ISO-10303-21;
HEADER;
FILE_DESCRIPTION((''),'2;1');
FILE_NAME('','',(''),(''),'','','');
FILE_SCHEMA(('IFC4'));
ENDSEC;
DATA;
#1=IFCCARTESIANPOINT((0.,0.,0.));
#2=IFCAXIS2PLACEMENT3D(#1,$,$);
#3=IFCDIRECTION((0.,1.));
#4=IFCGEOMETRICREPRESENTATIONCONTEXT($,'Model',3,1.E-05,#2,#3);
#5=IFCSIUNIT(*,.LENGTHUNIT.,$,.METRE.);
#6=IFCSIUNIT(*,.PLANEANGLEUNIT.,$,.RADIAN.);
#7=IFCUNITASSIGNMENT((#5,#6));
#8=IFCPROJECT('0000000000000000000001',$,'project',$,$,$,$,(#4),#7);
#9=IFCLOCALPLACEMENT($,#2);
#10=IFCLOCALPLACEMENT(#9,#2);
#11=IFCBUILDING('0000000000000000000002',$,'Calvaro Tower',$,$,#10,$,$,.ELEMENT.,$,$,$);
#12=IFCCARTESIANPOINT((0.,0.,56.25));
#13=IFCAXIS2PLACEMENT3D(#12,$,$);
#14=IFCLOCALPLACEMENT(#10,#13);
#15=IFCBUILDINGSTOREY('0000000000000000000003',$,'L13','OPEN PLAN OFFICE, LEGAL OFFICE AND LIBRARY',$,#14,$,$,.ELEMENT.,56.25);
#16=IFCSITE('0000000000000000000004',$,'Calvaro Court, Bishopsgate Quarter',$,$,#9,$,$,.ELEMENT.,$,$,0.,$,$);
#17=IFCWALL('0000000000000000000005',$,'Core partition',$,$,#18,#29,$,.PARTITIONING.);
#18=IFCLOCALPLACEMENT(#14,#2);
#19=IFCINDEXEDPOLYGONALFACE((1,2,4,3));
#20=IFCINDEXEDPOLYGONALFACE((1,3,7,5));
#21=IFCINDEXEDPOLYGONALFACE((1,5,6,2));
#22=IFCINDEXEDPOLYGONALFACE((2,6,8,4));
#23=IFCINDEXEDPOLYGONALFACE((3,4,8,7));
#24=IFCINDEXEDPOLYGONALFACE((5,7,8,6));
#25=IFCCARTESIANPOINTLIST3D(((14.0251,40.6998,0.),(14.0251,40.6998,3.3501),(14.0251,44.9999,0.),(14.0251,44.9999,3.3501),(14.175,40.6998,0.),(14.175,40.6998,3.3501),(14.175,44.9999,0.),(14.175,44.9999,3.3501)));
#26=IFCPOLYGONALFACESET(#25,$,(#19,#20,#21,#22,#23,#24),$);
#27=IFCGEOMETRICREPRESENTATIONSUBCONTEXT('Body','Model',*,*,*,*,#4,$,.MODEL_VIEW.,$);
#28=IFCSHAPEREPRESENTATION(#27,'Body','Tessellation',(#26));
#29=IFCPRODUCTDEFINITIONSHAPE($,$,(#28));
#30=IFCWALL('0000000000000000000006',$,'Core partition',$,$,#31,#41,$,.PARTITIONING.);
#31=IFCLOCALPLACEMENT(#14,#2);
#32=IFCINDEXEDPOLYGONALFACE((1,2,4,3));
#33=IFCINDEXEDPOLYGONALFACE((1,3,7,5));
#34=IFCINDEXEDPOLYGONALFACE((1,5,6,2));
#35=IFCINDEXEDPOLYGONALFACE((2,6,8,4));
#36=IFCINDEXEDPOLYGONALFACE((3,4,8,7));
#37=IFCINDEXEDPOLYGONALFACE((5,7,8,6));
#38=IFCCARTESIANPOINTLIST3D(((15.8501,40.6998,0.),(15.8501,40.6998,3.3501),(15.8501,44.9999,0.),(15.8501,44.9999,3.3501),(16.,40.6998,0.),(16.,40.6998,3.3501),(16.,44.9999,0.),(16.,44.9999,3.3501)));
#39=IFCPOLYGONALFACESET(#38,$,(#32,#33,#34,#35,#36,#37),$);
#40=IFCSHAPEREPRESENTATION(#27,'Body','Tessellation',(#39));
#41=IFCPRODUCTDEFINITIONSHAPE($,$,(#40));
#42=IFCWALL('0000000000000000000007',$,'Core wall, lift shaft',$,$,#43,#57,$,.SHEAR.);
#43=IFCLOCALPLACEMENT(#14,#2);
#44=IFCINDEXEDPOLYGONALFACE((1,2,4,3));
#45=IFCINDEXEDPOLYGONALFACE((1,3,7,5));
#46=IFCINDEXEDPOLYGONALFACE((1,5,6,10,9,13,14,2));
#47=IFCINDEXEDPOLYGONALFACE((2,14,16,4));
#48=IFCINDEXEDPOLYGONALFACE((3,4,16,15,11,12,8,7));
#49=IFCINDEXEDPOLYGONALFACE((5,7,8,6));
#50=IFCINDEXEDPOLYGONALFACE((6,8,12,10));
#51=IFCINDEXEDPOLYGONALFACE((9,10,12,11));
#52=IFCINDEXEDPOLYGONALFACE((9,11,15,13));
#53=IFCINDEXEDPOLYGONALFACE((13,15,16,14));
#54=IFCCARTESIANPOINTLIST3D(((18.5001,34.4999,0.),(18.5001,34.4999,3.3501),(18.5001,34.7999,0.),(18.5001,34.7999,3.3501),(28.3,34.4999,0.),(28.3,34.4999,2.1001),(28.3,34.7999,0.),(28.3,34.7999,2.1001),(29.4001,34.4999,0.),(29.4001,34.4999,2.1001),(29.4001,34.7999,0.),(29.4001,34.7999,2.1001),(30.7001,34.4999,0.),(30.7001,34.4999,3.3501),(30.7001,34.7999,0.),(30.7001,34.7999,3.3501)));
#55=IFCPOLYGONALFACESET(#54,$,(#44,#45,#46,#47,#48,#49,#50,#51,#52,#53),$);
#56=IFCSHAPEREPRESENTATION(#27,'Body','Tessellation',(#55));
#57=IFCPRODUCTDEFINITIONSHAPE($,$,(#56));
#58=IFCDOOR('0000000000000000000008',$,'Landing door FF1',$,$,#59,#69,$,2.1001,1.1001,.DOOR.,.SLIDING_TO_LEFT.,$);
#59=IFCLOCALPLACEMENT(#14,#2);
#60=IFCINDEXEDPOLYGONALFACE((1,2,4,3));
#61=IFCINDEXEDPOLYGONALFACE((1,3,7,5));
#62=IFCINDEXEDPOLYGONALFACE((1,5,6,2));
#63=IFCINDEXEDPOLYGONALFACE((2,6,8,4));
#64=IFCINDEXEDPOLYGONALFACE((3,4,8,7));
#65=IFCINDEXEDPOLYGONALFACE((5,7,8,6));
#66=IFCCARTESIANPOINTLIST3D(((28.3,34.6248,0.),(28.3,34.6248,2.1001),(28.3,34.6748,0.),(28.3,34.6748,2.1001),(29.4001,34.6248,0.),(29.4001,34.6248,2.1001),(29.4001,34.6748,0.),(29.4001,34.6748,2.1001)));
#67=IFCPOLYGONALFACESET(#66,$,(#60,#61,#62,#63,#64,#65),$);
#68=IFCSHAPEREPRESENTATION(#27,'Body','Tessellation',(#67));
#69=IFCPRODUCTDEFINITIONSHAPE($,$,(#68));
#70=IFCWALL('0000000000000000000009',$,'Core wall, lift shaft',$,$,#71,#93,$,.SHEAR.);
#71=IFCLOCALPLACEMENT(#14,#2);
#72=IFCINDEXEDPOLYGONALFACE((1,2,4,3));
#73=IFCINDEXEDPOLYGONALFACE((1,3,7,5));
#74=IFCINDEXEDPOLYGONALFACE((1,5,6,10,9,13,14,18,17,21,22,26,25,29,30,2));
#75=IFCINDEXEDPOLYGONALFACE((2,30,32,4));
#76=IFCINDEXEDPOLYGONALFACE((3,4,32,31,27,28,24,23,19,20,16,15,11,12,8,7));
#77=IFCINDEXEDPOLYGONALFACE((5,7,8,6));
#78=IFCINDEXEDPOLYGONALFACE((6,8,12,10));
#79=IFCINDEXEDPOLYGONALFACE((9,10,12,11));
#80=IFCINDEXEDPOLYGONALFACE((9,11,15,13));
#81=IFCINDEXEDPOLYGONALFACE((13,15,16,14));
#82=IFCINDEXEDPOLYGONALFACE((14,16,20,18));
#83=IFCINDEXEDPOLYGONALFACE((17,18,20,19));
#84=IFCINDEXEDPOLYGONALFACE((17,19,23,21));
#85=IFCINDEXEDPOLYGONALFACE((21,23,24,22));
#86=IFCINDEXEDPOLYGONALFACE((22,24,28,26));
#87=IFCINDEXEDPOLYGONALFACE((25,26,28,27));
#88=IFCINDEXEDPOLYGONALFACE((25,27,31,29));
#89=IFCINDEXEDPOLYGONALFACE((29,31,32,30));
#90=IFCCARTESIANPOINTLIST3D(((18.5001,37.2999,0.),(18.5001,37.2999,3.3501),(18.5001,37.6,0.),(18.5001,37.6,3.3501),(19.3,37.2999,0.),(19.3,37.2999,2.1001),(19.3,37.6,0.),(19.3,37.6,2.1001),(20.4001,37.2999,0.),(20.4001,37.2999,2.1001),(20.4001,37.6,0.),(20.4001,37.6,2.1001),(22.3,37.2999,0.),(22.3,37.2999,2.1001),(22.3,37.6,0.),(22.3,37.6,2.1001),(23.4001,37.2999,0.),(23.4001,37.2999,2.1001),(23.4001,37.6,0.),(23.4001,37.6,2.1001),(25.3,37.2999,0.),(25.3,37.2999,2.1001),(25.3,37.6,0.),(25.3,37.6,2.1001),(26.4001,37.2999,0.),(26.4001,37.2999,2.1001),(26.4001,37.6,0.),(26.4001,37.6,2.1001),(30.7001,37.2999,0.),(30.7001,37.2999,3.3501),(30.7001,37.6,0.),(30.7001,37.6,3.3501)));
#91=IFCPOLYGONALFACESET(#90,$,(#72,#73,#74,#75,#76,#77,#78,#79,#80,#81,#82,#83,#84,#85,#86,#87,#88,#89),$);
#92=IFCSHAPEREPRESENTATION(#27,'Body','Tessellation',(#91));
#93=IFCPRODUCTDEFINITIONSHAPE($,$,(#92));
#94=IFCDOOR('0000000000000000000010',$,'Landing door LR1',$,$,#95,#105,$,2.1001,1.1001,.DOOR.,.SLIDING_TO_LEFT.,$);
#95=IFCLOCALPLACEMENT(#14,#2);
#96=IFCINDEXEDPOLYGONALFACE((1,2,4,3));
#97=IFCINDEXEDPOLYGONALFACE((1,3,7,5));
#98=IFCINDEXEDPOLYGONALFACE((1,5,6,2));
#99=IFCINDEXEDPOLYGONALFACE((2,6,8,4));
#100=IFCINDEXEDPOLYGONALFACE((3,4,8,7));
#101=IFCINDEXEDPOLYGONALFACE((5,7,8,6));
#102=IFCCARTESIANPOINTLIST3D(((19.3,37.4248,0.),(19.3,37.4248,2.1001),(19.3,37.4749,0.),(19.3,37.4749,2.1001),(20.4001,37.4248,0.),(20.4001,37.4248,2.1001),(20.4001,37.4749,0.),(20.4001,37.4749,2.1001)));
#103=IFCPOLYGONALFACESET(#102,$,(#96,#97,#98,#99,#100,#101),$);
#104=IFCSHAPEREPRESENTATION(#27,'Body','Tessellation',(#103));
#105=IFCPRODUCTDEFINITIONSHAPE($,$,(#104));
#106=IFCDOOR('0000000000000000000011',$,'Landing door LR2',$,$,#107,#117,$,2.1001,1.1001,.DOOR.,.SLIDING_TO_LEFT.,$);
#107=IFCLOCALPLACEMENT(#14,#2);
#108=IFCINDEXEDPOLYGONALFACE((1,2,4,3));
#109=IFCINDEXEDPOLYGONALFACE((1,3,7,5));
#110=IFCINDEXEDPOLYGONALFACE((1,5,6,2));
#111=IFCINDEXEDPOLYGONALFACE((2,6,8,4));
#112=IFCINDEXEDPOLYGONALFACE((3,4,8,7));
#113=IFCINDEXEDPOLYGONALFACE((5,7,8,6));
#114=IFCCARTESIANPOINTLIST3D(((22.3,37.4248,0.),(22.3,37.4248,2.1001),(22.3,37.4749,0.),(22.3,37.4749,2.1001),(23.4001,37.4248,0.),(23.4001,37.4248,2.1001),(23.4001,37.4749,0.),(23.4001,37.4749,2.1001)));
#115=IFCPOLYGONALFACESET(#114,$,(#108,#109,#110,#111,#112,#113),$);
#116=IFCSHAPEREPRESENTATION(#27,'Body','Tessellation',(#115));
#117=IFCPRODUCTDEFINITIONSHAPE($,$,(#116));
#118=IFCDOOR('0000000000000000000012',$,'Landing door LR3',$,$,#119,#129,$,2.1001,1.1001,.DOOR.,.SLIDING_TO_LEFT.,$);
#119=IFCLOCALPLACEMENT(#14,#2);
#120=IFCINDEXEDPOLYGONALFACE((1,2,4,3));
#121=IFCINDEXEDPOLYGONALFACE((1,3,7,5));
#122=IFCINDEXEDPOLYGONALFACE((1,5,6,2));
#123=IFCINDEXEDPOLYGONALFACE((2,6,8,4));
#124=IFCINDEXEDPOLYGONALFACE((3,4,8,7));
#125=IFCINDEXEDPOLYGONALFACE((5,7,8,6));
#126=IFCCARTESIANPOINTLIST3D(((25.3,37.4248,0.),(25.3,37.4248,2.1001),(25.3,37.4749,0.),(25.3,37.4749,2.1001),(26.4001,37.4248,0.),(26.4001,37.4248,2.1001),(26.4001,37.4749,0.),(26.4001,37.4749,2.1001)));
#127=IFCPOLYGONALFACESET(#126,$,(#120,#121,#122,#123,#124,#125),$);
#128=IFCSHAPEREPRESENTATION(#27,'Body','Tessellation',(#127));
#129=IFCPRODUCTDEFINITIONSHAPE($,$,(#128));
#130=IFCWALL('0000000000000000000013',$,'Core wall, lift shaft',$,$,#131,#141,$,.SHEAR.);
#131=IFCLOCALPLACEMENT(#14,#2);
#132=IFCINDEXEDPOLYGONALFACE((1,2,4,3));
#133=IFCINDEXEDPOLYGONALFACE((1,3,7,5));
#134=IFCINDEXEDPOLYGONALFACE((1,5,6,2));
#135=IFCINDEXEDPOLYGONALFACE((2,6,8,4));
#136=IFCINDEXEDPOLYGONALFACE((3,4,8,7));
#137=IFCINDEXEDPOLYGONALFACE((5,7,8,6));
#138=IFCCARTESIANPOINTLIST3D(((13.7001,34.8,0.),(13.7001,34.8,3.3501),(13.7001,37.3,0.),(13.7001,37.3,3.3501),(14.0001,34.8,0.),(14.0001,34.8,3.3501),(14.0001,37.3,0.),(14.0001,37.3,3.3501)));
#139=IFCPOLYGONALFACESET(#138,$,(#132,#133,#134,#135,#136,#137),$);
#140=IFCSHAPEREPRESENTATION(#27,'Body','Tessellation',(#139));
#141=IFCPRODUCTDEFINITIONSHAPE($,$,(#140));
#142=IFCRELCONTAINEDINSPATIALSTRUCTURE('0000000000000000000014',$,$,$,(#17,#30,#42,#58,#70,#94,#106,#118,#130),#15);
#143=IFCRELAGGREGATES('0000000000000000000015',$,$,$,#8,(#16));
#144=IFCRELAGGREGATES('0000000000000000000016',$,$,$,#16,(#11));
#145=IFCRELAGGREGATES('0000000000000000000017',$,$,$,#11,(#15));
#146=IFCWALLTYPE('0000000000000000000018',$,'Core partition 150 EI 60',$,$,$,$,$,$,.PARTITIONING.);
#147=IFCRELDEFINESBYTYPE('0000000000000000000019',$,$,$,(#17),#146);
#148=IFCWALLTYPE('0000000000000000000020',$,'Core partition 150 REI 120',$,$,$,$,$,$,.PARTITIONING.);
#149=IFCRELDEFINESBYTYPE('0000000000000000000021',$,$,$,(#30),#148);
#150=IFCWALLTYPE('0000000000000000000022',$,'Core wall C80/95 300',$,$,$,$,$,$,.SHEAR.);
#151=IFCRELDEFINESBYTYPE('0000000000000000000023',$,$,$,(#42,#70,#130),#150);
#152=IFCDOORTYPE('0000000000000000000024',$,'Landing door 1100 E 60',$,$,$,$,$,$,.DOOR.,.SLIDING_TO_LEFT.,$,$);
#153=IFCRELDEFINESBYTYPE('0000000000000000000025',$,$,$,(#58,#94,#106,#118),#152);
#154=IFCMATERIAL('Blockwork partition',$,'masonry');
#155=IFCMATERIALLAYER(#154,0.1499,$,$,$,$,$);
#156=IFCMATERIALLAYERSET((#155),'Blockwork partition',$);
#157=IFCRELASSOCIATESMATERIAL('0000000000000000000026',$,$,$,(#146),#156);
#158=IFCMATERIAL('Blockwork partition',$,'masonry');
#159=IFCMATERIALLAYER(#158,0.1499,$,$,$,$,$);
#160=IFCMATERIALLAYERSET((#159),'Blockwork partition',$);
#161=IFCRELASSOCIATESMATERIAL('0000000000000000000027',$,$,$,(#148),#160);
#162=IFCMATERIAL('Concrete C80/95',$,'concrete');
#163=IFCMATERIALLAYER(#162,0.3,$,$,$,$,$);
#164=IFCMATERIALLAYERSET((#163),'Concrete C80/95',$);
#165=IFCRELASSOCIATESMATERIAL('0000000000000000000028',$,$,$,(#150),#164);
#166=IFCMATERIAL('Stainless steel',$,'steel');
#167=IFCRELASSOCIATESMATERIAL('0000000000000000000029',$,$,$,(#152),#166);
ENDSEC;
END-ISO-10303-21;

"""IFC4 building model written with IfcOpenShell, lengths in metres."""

from ifc_helpers import new_model, si_unit, direction, frame, frame_2d, origin, place, context, subcontext, project, spatial, rectangle, extrude, material, layer, layer_set, type_object, element, fill, save


model = new_model("IFC4")

# Units and contexts
model_context = context("Model", 3, precision=1e-05, world=origin(), true_north=direction((0.0, 1.0)))
body_context = subcontext(model_context, "Body", "Model", "MODEL_VIEW")
ifc_project = project(units=[si_unit("LENGTHUNIT", "METRE"), si_unit("PLANEANGLEUNIT", "RADIAN")], contexts=[model_context])

# Site, building, storey
site_placement = place(None, origin())
site = spatial("IfcSite", under=ifc_project, at=site_placement, Name="Calvaro Court, Bishopsgate Quarter", CompositionType="ELEMENT", RefElevation=0.0)
building_placement = place(site_placement, origin())
building = spatial("IfcBuilding", under=site, at=building_placement, Name="Calvaro Tower", CompositionType="ELEMENT")
storey_placement = place(building_placement, frame((0.0, 0.0, 56.25)))
storey = spatial("IfcBuildingStorey", under=building, at=storey_placement, Name="L13", Description="OPEN PLAN OFFICE, LEGAL OFFICE AND LIBRARY", CompositionType="ELEMENT", Elevation=56.25)

# Walls
ifc_material_1 = material(Name="Blockwork partition", Category="masonry")
ifc_layer_1 = layer(ifc_material_1, 0.1499)
ifc_layer_set_1 = layer_set([ifc_layer_1], Name="Blockwork partition")
wall_type_1 = type_object("IfcWallType", Name="Core partition 150 EI 60", PredefinedType="PARTITIONING", material=ifc_layer_set_1)
wall_1_placement = place(storey_placement, frame((14.1001, 40.7, 0.0), z_axis=(0.0, 0.0, 1.0), x_axis=(0.0, 1.0, 0.0)))
element("IfcWall", 1, at=wall_1_placement, inside=storey, type_object=wall_type_1, Name="Core partition", PredefinedType="PARTITIONING", context=body_context, shape_type="SweptSolid", body=[
    extrude(rectangle(XDim=4.3, YDim=0.1499, at=frame_2d((2.1499, 0.0))), origin(), (0.0, 0.0, 1.0), 3.3501),
])
ifc_material_2 = material(Name="Blockwork partition", Category="masonry")
ifc_layer_2 = layer(ifc_material_2, 0.1499)
ifc_layer_set_2 = layer_set([ifc_layer_2], Name="Blockwork partition")
wall_type_2 = type_object("IfcWallType", Name="Core partition 150 REI 120", PredefinedType="PARTITIONING", material=ifc_layer_set_2)
wall_2_placement = place(storey_placement, frame((15.925, 40.7, 0.0), z_axis=(0.0, 0.0, 1.0), x_axis=(0.0, 1.0, 0.0)))
element("IfcWall", 2, at=wall_2_placement, inside=storey, type_object=wall_type_2, Name="Core partition", PredefinedType="PARTITIONING", context=body_context, shape_type="SweptSolid", body=[
    extrude(rectangle(XDim=4.3, YDim=0.1499, at=frame_2d((2.1499, 0.0))), origin(), (0.0, 0.0, 1.0), 3.3501),
])

# Wall, opening, door
ifc_material_3 = material(Name="Concrete C80/95", Category="concrete")
ifc_layer_3 = layer(ifc_material_3, 0.3)
ifc_layer_set_3 = layer_set([ifc_layer_3], Name="Concrete C80/95")
wall_type_3 = type_object("IfcWallType", Name="Core wall C80/95 300", PredefinedType="SHEAR", material=ifc_layer_set_3)
wall_3_placement = place(storey_placement, frame((18.5, 34.6499, 0.0), z_axis=(0.0, 0.0, 1.0), x_axis=(1.0, 0.0, 0.0)))
wall_3 = element("IfcWall", 3, at=wall_3_placement, inside=storey, type_object=wall_type_3, Name="Core wall, lift shaft", PredefinedType="SHEAR", context=body_context, shape_type="SweptSolid", body=[
    extrude(rectangle(XDim=12.2, YDim=0.3, at=frame_2d((6.1001, 0.0))), origin(), (0.0, 0.0, 1.0), 3.3501),
])
opening_1_placement = place(wall_3_placement, frame((9.8, 0.0, 0.0)))
opening_1 = element("IfcOpeningElement", 4, at=opening_1_placement, cuts=wall_3, PredefinedType="OPENING", context=body_context, shape_type="SweptSolid", body=[
    extrude(rectangle(XDim=1.1001, YDim=2.1001, at=frame_2d((0.55, 1.05))), frame((0.0, 0.1599, 0.0), z_axis=(0.0, -1.0, 0.0), x_axis=(1.0, 0.0, 0.0)), (0.0, 0.0, 1.0), 0.3201),
])
ifc_material_4 = material(Name="Stainless steel", Category="steel")
door_type_1 = type_object("IfcDoorType", Name="Landing door 1100 E 60", OperationType="SLIDING_TO_LEFT", PredefinedType="DOOR", material=ifc_material_4)
door_1_placement = place(opening_1_placement, origin())
door_1 = element("IfcDoor", 5, at=door_1_placement, inside=storey, type_object=door_type_1, Name="Landing door FF1", OperationType="SLIDING_TO_LEFT", OverallHeight=2.1001, OverallWidth=1.1001, PredefinedType="DOOR", context=body_context, shape_type="SweptSolid", body=[
    extrude(rectangle(XDim=1.1001, YDim=2.1001, at=frame_2d((0.55, 1.05))), frame((0.0, 0.0249, 0.0), z_axis=(0.0, -1.0, 0.0), x_axis=(1.0, 0.0, 0.0)), (0.0, 0.0, 1.0), 0.05),
])
fill(opening_1, door_1)

# Wall, openings, doors
wall_4_placement = place(storey_placement, frame((18.5, 37.45, 0.0), z_axis=(0.0, 0.0, 1.0), x_axis=(1.0, 0.0, 0.0)))
wall_4 = element("IfcWall", 6, at=wall_4_placement, inside=storey, type_object=wall_type_3, Name="Core wall, lift shaft", PredefinedType="SHEAR", context=body_context, shape_type="SweptSolid", body=[
    extrude(rectangle(XDim=12.2, YDim=0.3, at=frame_2d((6.1001, 0.0))), origin(), (0.0, 0.0, 1.0), 3.3501),
])
opening_2_placement = place(wall_4_placement, frame((0.8, 0.0, 0.0)))
opening_2 = element("IfcOpeningElement", 7, at=opening_2_placement, cuts=wall_4, PredefinedType="OPENING", context=body_context, shape_type="SweptSolid", body=[
    extrude(rectangle(XDim=1.1001, YDim=2.1001, at=frame_2d((0.55, 1.05))), frame((0.0, 0.1599, 0.0), z_axis=(0.0, -1.0, 0.0), x_axis=(1.0, 0.0, 0.0)), (0.0, 0.0, 1.0), 0.3201),
])
opening_3_placement = place(wall_4_placement, frame((3.8, 0.0, 0.0)))
opening_3 = element("IfcOpeningElement", 8, at=opening_3_placement, cuts=wall_4, PredefinedType="OPENING", context=body_context, shape_type="SweptSolid", body=[
    extrude(rectangle(XDim=1.1001, YDim=2.1001, at=frame_2d((0.55, 1.05))), frame((0.0, 0.1599, 0.0), z_axis=(0.0, -1.0, 0.0), x_axis=(1.0, 0.0, 0.0)), (0.0, 0.0, 1.0), 0.3201),
])
opening_4_placement = place(wall_4_placement, frame((6.8, 0.0, 0.0)))
opening_4 = element("IfcOpeningElement", 9, at=opening_4_placement, cuts=wall_4, PredefinedType="OPENING", context=body_context, shape_type="SweptSolid", body=[
    extrude(rectangle(XDim=1.1001, YDim=2.1001, at=frame_2d((0.55, 1.05))), frame((0.0, 0.1599, 0.0), z_axis=(0.0, -1.0, 0.0), x_axis=(1.0, 0.0, 0.0)), (0.0, 0.0, 1.0), 0.3201),
])
door_2_placement = place(opening_2_placement, origin())
door_2 = element("IfcDoor", 10, at=door_2_placement, inside=storey, type_object=door_type_1, Name="Landing door LR1", OperationType="SLIDING_TO_LEFT", OverallHeight=2.1001, OverallWidth=1.1001, PredefinedType="DOOR", context=body_context, shape_type="SweptSolid", body=[
    extrude(rectangle(XDim=1.1001, YDim=2.1001, at=frame_2d((0.55, 1.05))), frame((0.0, 0.0249, 0.0), z_axis=(0.0, -1.0, 0.0), x_axis=(1.0, 0.0, 0.0)), (0.0, 0.0, 1.0), 0.05),
])
fill(opening_2, door_2)
door_3_placement = place(opening_3_placement, origin())
door_3 = element("IfcDoor", 11, at=door_3_placement, inside=storey, type_object=door_type_1, Name="Landing door LR2", OperationType="SLIDING_TO_LEFT", OverallHeight=2.1001, OverallWidth=1.1001, PredefinedType="DOOR", context=body_context, shape_type="SweptSolid", body=[
    extrude(rectangle(XDim=1.1001, YDim=2.1001, at=frame_2d((0.55, 1.05))), frame((0.0, 0.0249, 0.0), z_axis=(0.0, -1.0, 0.0), x_axis=(1.0, 0.0, 0.0)), (0.0, 0.0, 1.0), 0.05),
])
fill(opening_3, door_3)
door_4_placement = place(opening_4_placement, origin())
door_4 = element("IfcDoor", 12, at=door_4_placement, inside=storey, type_object=door_type_1, Name="Landing door LR3", OperationType="SLIDING_TO_LEFT", OverallHeight=2.1001, OverallWidth=1.1001, PredefinedType="DOOR", context=body_context, shape_type="SweptSolid", body=[
    extrude(rectangle(XDim=1.1001, YDim=2.1001, at=frame_2d((0.55, 1.05))), frame((0.0, 0.0249, 0.0), z_axis=(0.0, -1.0, 0.0), x_axis=(1.0, 0.0, 0.0)), (0.0, 0.0, 1.0), 0.05),
])
fill(opening_4, door_4)

# Wall
wall_5_placement = place(storey_placement, frame((13.8501, 34.8, 0.0), z_axis=(0.0, 0.0, 1.0), x_axis=(0.0, 1.0, 0.0)))
element("IfcWall", 13, at=wall_5_placement, inside=storey, type_object=wall_type_3, Name="Core wall, lift shaft", PredefinedType="SHEAR", context=body_context, shape_type="SweptSolid", body=[
    extrude(rectangle(XDim=2.5, YDim=0.3, at=frame_2d((1.25, 0.0))), origin(), (0.0, 0.0, 1.0), 3.3501),
])

save(model, "model.ifc")
